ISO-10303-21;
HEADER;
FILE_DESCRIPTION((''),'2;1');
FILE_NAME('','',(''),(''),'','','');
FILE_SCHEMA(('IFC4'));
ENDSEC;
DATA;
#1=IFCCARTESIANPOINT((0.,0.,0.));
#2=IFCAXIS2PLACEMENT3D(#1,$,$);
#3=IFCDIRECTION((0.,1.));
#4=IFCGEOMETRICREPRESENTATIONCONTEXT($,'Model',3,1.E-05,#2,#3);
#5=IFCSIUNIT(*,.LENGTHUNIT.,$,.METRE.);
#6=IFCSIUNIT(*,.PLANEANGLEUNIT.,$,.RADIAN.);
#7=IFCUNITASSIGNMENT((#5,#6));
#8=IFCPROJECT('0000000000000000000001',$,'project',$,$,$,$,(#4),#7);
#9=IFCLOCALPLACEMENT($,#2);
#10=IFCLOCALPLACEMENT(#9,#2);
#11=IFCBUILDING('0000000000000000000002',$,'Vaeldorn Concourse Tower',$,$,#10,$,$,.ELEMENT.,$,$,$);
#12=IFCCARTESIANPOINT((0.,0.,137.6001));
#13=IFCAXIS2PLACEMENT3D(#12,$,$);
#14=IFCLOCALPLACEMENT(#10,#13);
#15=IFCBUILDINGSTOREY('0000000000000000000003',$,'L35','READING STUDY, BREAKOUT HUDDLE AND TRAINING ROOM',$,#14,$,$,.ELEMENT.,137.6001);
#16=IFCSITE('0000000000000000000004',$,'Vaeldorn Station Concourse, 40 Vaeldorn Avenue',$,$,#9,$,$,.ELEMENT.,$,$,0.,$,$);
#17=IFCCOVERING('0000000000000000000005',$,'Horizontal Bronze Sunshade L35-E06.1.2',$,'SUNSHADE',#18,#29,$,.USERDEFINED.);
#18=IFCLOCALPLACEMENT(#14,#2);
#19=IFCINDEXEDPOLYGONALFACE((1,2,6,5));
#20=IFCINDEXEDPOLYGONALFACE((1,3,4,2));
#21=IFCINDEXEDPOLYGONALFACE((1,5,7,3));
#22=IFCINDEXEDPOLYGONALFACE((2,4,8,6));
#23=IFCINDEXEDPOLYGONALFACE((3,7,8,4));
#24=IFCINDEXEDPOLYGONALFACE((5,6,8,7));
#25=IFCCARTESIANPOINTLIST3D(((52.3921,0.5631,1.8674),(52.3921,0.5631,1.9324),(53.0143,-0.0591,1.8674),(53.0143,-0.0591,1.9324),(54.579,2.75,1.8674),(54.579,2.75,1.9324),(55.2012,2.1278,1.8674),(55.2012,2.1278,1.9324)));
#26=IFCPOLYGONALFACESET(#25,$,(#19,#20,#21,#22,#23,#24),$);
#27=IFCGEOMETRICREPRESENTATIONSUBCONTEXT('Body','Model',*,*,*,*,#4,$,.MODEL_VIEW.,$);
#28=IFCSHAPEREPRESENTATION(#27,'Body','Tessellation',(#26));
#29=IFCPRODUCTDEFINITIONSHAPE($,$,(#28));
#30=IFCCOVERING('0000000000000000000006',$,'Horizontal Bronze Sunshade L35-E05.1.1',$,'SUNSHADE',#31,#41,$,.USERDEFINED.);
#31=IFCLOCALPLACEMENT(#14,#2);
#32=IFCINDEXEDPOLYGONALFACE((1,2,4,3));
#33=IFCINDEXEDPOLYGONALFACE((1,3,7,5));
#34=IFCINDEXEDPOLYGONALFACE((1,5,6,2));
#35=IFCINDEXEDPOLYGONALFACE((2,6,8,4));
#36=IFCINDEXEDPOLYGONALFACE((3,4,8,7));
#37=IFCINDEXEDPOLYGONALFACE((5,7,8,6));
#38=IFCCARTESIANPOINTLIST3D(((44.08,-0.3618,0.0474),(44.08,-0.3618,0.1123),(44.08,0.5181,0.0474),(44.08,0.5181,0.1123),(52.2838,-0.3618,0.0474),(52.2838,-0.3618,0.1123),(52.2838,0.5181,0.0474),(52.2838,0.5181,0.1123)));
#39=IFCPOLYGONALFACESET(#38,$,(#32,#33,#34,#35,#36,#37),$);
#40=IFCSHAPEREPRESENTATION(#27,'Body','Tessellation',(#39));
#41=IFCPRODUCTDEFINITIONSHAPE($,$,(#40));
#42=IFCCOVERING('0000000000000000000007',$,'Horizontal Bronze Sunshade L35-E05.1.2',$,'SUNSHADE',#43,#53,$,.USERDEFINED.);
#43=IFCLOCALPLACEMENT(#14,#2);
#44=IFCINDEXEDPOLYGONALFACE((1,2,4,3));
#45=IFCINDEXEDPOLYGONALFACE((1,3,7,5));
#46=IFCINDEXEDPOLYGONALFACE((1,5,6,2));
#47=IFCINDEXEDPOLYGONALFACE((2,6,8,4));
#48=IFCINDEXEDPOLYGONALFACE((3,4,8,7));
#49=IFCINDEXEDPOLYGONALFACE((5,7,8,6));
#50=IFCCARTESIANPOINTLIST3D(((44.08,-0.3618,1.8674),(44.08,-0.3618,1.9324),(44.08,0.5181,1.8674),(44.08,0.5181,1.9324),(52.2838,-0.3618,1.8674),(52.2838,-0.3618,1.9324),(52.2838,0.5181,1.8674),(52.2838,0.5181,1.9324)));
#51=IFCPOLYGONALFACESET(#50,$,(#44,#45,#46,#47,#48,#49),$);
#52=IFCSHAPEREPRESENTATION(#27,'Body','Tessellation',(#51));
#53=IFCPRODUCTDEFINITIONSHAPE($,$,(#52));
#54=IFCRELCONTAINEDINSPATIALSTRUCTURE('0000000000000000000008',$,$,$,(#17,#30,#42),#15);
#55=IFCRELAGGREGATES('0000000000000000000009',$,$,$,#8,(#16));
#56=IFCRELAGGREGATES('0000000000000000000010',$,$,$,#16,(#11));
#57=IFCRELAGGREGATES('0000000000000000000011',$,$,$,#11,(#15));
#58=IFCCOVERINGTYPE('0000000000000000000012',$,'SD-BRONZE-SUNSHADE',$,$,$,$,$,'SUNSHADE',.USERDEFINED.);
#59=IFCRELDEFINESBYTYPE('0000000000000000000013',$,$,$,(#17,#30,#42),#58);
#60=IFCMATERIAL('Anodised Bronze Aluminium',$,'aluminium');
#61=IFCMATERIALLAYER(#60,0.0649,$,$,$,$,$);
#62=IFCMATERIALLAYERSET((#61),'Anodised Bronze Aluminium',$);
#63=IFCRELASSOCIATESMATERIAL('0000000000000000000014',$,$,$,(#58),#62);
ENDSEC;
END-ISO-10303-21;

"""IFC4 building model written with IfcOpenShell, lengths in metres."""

from ifc_helpers import new_model, si_unit, direction, frame, origin, origin_2d, place, context, subcontext, project, spatial, rectangle, extrude, source, transform, mapped, material, layer, layer_set, type_object, element, save


model = new_model("IFC4")

# Units and contexts
model_context = context("Model", 3, precision=1e-05, world=origin(), true_north=direction((0.0, 1.0)))
body_context = subcontext(model_context, "Body", "Model", "MODEL_VIEW")
ifc_project = project(units=[si_unit("LENGTHUNIT", "METRE"), si_unit("PLANEANGLEUNIT", "RADIAN")], contexts=[model_context])

# Site, building, storey
site_placement = place(None, origin())
site = spatial("IfcSite", under=ifc_project, at=site_placement, Name="Vaeldorn Station Concourse, 40 Vaeldorn Avenue", CompositionType="ELEMENT", RefElevation=0.0)
building_placement = place(site_placement, origin())
building = spatial("IfcBuilding", under=site, at=building_placement, Name="Vaeldorn Concourse Tower", CompositionType="ELEMENT")
storey_placement = place(building_placement, frame((0.0, 0.0, 137.6001)))
storey = spatial("IfcBuildingStorey", under=building, at=storey_placement, Name="L35", Description="READING STUDY, BREAKOUT HUDDLE AND TRAINING ROOM", CompositionType="ELEMENT", Elevation=137.6001)

# Shared definitions
ifc_material_1 = material(Name="Anodised Bronze Aluminium", Category="aluminium")

# Coverings
ifc_layer_1 = layer(ifc_material_1, 0.0649)
ifc_layer_set_1 = layer_set([ifc_layer_1], Name="Anodised Bronze Aluminium")
covering_type = type_object("IfcCoveringType", Name="SD-BRONZE-SUNSHADE", ElementType="SUNSHADE", PredefinedType="USERDEFINED", material=ifc_layer_set_1)
shared_shape_1 = source(origin(), body_context, "Body", "SweptSolid", [
    extrude(rectangle(XDim=3.0928, YDim=0.8799, at=origin_2d()), origin(), (0.0, 0.0, 1.0), 0.0649),
])
for number, where, z_axis, x_axis, name in (
    (1, (53.7966, 1.3455, 1.8674), (0.0, 0.0, 1.0), (0.707107, 0.707107, 0.0), "Horizontal Bronze Sunshade L35-E06.1.2"),
):
    element("IfcCovering", number, at=place(storey_placement, frame(where, z_axis=z_axis, x_axis=x_axis)), inside=storey, type_object=covering_type, Name=name, ObjectType="SUNSHADE", PredefinedType="USERDEFINED", context=body_context, shape_type="MappedRepresentation", body=[
        mapped(shared_shape_1, transform((0.0, 0.0, 0.0), scale=1.0)),
    ])
shared_shape_2 = source(origin(), body_context, "Body", "SweptSolid", [
    extrude(rectangle(XDim=8.2039, YDim=0.8799, at=origin_2d()), origin(), (0.0, 0.0, 1.0), 0.0649),
])
for number, where, z_axis, x_axis, name in (
    (2, (48.1819, 0.0781, 0.0474), (0.0, 0.0, 1.0), (1.0, 0.0, 0.0), "Horizontal Bronze Sunshade L35-E05.1.1"),
    (3, (48.1819, 0.0781, 1.8674), (0.0, 0.0, 1.0), (1.0, 0.0, 0.0), "Horizontal Bronze Sunshade L35-E05.1.2"),
):
    element("IfcCovering", number, at=place(storey_placement, frame(where, z_axis=z_axis, x_axis=x_axis)), inside=storey, type_object=covering_type, Name=name, ObjectType="SUNSHADE", PredefinedType="USERDEFINED", context=body_context, shape_type="MappedRepresentation", body=[
        mapped(shared_shape_2, transform((0.0, 0.0, 0.0), scale=1.0)),
    ])

save(model, "model.ifc")
